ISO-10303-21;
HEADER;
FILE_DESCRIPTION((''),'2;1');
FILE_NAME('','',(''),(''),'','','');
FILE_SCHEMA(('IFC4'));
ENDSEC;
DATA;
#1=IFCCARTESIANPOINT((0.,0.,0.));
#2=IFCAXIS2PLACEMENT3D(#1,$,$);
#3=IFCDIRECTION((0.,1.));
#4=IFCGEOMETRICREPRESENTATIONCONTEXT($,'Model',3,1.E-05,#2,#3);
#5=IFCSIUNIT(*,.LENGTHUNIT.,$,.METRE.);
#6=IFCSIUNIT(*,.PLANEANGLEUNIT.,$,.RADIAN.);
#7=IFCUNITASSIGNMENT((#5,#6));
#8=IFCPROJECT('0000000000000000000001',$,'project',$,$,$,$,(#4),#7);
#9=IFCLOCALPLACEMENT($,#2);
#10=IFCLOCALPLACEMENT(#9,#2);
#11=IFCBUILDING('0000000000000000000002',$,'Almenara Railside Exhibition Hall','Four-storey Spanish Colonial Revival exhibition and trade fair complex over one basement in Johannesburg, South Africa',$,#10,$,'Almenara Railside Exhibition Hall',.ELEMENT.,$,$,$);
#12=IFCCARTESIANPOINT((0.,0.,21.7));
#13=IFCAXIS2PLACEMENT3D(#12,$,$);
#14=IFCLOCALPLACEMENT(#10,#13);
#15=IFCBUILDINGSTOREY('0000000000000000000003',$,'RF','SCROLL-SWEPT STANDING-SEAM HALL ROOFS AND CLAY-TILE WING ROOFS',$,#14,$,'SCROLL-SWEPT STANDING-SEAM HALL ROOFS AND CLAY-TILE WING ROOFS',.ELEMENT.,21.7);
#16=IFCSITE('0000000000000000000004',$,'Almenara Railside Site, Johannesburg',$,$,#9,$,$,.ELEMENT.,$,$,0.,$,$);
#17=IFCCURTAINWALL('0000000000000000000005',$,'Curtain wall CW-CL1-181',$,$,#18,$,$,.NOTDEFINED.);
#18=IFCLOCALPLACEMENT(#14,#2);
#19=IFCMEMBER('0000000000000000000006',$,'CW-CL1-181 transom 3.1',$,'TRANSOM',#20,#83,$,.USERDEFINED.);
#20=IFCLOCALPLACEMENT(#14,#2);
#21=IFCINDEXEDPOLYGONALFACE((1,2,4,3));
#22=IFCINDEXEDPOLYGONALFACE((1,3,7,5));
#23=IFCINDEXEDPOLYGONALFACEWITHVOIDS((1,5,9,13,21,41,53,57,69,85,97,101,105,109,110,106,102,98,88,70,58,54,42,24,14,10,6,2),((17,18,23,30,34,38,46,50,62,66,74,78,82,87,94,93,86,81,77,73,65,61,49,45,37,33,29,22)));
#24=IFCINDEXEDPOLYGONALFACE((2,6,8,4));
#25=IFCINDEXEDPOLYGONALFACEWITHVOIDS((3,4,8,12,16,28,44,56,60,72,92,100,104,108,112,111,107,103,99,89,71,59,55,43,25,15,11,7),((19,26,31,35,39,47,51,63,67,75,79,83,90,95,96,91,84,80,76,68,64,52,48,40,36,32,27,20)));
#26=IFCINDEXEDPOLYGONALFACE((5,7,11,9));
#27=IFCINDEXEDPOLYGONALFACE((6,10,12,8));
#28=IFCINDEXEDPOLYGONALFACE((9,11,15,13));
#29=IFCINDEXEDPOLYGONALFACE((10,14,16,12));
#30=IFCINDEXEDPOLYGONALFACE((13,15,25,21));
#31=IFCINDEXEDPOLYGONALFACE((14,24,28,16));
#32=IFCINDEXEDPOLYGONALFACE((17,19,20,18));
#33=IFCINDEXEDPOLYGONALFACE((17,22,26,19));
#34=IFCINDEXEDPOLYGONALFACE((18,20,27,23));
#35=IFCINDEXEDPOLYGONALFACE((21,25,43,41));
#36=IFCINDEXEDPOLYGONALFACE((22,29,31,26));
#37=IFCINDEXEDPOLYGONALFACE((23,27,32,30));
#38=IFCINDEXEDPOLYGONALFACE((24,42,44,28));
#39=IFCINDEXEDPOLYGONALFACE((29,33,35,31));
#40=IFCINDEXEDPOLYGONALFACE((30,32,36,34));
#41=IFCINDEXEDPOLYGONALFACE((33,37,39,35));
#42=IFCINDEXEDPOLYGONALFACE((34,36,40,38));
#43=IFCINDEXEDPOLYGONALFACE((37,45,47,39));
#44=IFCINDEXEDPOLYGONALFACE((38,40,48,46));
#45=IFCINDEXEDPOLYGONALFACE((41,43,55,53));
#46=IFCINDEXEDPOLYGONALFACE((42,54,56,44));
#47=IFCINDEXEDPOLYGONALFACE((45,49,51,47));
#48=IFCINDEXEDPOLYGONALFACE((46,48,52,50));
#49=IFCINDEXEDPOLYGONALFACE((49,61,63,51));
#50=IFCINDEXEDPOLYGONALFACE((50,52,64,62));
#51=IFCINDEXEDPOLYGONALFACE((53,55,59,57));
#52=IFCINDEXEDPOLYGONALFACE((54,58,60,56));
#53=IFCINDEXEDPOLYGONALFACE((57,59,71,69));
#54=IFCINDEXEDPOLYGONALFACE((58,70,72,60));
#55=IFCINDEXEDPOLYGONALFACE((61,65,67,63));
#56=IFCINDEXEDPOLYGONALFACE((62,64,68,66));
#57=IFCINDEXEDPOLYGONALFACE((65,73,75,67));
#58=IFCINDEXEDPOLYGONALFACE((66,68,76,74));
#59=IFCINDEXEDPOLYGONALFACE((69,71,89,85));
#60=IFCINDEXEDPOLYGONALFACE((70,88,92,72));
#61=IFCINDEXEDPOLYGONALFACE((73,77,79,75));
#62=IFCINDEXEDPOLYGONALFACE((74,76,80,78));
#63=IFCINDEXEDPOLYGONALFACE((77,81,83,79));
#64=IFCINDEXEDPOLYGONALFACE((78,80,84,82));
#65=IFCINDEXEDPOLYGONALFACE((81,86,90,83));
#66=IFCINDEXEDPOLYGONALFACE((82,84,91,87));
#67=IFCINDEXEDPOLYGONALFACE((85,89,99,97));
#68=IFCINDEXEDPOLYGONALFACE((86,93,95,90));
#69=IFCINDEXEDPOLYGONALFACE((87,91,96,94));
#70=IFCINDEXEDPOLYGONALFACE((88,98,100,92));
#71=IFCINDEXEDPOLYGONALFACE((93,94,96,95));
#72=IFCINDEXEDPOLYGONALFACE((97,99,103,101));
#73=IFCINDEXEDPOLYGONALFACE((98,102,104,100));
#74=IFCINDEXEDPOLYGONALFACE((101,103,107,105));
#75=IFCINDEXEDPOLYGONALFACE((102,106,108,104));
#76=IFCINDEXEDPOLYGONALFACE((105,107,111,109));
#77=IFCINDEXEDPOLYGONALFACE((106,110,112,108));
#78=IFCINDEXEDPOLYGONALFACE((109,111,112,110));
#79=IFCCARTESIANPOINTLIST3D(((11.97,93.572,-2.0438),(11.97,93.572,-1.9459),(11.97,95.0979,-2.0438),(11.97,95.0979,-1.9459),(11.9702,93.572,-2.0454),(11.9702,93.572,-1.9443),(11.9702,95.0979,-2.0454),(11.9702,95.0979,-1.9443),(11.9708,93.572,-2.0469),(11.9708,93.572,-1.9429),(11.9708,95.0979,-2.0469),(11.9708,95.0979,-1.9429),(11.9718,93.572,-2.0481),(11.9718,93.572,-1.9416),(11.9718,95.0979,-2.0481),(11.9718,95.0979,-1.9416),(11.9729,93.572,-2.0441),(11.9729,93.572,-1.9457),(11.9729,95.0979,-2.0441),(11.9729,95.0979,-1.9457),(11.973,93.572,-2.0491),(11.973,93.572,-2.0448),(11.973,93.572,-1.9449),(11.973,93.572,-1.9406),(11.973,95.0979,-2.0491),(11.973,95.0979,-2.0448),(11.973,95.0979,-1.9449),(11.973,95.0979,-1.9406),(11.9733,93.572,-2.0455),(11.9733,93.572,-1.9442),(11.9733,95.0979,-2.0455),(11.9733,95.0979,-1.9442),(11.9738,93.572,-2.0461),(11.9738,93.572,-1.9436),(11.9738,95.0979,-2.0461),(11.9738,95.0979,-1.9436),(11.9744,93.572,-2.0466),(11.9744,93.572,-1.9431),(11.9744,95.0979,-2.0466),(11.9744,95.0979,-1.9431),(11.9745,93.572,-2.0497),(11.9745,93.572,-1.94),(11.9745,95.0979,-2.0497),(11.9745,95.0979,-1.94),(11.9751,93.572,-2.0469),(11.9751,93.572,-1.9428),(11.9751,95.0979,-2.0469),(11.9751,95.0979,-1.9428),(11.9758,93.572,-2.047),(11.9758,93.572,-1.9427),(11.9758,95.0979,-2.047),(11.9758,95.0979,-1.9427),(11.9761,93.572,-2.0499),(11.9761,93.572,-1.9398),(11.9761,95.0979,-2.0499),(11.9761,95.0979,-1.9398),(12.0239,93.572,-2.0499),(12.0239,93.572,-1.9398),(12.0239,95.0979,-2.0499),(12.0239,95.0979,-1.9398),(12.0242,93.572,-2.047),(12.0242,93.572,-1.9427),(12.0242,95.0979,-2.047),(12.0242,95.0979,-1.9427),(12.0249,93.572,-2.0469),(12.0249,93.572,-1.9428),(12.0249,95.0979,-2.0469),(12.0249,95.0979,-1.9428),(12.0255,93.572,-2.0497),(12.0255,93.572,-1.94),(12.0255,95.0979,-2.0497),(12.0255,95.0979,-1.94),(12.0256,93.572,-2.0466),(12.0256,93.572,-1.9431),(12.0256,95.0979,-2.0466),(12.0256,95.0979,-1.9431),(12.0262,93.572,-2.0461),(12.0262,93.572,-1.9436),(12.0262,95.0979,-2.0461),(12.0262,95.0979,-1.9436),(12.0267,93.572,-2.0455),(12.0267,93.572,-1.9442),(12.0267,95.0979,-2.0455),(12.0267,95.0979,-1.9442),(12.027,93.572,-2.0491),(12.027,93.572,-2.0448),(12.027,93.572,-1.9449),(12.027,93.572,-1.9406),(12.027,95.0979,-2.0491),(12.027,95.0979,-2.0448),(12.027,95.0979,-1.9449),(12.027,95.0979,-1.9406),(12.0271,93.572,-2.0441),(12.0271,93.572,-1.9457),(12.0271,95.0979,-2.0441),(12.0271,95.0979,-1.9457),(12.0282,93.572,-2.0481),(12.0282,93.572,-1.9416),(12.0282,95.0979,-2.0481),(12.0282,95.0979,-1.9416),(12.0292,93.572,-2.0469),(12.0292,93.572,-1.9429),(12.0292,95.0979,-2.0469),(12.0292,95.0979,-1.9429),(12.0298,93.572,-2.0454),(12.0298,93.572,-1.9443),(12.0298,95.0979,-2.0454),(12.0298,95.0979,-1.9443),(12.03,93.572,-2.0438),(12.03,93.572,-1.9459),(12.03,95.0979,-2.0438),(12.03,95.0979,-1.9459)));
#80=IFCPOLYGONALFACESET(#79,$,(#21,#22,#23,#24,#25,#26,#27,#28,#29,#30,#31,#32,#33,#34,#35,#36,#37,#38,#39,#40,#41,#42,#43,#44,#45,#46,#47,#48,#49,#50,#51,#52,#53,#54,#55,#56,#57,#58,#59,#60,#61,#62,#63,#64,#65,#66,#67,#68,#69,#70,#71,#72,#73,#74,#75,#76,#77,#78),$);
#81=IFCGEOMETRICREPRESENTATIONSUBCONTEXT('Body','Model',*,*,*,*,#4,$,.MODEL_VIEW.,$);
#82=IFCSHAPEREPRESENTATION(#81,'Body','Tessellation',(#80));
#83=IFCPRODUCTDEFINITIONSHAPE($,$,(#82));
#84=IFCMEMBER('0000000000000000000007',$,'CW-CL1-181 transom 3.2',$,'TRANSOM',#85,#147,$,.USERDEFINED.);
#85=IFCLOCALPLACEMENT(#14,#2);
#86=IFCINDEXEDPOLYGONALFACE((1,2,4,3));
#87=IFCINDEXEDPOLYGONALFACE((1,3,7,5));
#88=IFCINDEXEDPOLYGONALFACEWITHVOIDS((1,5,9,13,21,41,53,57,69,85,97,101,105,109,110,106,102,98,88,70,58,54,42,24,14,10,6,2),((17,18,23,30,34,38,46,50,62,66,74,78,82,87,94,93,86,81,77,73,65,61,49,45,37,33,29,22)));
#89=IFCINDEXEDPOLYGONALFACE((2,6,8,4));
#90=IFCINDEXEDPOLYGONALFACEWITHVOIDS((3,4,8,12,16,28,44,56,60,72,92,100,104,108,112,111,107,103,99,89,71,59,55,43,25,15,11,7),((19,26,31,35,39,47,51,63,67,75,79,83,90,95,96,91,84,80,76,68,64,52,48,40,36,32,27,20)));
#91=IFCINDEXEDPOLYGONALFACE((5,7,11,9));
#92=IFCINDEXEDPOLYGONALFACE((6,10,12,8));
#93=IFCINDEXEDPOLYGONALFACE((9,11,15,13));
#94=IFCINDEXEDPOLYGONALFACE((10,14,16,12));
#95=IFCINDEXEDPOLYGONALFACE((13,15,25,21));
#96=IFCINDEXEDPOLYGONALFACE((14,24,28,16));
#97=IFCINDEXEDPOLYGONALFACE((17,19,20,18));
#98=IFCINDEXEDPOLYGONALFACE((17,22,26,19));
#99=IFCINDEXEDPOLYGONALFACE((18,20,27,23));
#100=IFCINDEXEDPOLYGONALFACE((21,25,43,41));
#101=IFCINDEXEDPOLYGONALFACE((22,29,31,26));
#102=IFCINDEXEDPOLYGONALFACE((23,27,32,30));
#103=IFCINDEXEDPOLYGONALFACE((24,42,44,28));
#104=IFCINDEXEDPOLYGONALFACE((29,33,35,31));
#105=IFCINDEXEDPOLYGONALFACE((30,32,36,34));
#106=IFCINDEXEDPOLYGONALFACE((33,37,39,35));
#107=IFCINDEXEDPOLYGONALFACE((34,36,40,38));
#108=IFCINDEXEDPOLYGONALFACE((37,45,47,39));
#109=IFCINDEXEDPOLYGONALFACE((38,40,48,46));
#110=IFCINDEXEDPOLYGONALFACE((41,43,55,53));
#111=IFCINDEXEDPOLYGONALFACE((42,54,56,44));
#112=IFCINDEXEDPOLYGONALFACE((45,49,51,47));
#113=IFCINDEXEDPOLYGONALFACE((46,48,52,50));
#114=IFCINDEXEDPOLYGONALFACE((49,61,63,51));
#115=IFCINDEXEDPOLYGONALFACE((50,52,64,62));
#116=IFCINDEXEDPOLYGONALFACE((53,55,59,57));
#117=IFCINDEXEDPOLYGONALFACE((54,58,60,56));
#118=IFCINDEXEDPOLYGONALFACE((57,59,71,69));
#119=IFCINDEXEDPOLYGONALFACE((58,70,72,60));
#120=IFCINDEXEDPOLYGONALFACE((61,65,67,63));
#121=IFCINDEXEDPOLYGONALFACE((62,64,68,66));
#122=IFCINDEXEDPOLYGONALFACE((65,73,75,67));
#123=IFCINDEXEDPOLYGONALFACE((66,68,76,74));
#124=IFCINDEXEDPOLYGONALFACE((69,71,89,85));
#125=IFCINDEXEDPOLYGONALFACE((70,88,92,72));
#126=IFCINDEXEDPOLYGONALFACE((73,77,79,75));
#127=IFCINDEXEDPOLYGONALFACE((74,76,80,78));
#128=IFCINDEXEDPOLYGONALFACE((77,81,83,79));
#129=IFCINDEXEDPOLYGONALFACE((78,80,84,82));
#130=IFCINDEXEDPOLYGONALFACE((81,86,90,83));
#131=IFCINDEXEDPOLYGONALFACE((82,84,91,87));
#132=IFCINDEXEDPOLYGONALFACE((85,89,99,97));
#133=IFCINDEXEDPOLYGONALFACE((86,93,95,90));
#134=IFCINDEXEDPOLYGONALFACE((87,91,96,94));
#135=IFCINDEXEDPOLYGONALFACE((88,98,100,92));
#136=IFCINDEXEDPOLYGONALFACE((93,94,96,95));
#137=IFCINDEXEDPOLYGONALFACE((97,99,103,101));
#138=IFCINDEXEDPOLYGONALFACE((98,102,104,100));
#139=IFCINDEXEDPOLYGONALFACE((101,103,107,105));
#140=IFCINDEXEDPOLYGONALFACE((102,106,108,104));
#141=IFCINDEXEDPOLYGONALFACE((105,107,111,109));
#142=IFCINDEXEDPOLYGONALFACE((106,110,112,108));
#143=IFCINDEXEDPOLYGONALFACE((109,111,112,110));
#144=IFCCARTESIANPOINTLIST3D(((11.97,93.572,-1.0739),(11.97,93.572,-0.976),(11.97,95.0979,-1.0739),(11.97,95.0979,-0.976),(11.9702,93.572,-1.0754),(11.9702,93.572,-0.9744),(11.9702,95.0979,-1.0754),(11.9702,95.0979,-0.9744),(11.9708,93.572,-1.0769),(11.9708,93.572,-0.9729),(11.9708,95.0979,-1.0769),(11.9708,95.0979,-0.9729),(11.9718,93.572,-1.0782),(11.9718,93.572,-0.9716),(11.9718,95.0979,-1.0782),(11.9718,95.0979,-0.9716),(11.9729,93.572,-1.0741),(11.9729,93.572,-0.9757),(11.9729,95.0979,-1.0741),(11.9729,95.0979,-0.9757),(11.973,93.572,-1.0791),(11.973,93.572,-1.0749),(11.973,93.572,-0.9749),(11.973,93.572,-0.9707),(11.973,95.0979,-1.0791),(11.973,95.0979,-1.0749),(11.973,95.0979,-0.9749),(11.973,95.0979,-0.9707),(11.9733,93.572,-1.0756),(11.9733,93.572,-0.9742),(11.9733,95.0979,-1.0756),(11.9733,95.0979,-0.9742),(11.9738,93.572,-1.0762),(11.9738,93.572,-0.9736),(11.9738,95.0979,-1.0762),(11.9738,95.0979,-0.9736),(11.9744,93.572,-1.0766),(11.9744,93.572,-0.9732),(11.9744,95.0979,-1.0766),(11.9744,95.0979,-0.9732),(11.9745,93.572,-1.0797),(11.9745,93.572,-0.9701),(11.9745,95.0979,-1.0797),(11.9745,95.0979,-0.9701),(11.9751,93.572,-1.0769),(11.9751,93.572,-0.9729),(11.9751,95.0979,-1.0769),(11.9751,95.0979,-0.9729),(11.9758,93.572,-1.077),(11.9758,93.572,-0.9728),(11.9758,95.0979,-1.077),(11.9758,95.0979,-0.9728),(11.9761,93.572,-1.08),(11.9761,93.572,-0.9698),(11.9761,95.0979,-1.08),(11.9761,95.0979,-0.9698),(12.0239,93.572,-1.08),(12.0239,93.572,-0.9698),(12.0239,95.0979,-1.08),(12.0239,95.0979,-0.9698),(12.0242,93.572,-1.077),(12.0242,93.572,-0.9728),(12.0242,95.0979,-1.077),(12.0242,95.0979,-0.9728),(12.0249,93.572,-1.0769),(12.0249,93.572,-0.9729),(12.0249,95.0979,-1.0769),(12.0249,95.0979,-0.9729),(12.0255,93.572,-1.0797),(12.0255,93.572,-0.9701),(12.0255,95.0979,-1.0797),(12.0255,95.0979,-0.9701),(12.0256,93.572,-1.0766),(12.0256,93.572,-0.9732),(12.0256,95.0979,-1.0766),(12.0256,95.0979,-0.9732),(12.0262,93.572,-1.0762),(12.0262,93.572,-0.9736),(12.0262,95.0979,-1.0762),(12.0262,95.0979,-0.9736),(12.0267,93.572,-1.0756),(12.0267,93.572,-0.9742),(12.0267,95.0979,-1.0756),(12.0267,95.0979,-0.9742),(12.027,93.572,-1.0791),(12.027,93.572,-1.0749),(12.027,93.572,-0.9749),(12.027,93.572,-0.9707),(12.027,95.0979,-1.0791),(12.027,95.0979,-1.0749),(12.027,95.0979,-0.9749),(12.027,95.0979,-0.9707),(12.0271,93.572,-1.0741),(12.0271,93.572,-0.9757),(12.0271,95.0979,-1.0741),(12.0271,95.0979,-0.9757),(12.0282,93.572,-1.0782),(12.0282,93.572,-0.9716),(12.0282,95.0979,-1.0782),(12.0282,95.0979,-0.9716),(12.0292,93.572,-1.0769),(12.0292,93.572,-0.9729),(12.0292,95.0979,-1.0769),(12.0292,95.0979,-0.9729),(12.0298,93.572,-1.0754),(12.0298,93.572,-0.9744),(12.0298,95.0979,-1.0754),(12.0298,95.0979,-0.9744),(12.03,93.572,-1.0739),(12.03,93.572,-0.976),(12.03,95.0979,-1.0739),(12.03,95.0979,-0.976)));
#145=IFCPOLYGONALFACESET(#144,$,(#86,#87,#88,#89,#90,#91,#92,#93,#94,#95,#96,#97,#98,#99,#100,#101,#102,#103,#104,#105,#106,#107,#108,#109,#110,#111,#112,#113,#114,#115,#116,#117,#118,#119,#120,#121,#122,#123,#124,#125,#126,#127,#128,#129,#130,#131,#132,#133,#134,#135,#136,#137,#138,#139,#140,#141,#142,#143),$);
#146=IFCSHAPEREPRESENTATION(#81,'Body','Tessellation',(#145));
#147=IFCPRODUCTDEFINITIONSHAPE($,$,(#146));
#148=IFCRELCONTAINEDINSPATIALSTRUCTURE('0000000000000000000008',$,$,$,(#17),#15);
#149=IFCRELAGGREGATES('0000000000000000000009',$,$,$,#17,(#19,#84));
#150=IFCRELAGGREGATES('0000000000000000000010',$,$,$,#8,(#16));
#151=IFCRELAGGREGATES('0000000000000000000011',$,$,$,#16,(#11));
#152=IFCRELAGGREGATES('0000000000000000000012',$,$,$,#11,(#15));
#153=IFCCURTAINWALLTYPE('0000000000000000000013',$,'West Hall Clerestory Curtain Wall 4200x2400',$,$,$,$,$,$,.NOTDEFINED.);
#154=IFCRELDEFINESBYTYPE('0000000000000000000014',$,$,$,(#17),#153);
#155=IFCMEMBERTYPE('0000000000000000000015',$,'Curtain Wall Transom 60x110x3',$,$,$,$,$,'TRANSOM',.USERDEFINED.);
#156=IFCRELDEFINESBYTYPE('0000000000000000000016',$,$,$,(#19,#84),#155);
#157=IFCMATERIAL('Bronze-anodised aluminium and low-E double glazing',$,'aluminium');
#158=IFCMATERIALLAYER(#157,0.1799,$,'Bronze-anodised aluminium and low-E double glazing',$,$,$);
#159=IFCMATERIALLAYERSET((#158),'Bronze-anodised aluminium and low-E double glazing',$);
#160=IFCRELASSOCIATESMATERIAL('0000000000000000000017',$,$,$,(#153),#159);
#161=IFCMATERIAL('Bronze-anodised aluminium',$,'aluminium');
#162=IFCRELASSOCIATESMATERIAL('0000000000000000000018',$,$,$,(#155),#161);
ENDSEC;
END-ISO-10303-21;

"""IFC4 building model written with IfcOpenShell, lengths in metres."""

from ifc_helpers import new_model, si_unit, direction, frame, origin, origin_2d, place, context, subcontext, project, spatial, hollow_rectangle, extrude, material, layer, layer_set, material_profile, profile_set, type_object, element, aggregate, save


model = new_model("IFC4")

# Units and contexts
model_context = context("Model", 3, precision=1e-05, world=origin(), true_north=direction((0.0, 1.0)))
body_context = subcontext(model_context, "Body", "Model", "MODEL_VIEW")
ifc_project = project(units=[si_unit("LENGTHUNIT", "METRE"), si_unit("PLANEANGLEUNIT", "RADIAN")], contexts=[model_context])

# Site, building, storey
site_placement = place(None, origin())
site = spatial("IfcSite", under=ifc_project, at=site_placement, Name="Almenara Railside Site, Johannesburg", CompositionType="ELEMENT", RefElevation=0.0)
building_placement = place(site_placement, origin())
building = spatial("IfcBuilding", under=site, at=building_placement, Name="Almenara Railside Exhibition Hall", Description="Four-storey Spanish Colonial Revival exhibition and trade fair complex over one basement in Johannesburg, South Africa", LongName="Almenara Railside Exhibition Hall", CompositionType="ELEMENT")
storey_placement = place(building_placement, frame((0.0, 0.0, 21.7)))
storey = spatial("IfcBuildingStorey", under=building, at=storey_placement, Name="RF", Description="SCROLL-SWEPT STANDING-SEAM HALL ROOFS AND CLAY-TILE WING ROOFS", LongName="SCROLL-SWEPT STANDING-SEAM HALL ROOFS AND CLAY-TILE WING ROOFS", CompositionType="ELEMENT", Elevation=21.7)

# Curtain wall
ifc_material_1 = material(Name="Bronze-anodised aluminium and low-E double glazing", Category="aluminium")
ifc_layer_1 = layer(ifc_material_1, 0.1799, Name="Bronze-anodised aluminium and low-E double glazing")
ifc_layer_set_1 = layer_set([ifc_layer_1], Name="Bronze-anodised aluminium and low-E double glazing")
curtain_wall_type = type_object("IfcCurtainWallType", Name="West Hall Clerestory Curtain Wall 4200x2400", PredefinedType="NOTDEFINED", material=ifc_layer_set_1)
curtain_wall_1_placement = place(storey_placement, origin())
curtain_wall_1 = element("IfcCurtainWall", 1, at=curtain_wall_1_placement, inside=storey, type_object=curtain_wall_type, Name="Curtain wall CW-CL1-181", PredefinedType="NOTDEFINED")
ifc_material_2 = material(Name="Bronze-anodised aluminium", Category="aluminium")

# Members
ifc_material_profile_1 = material_profile(ifc_material_2, hollow_rectangle(XDim=0.0601, YDim=0.1101, WallThickness=0.0029, InnerFilletRadius=0.0029, OuterFilletRadius=0.0061, at=origin_2d()), Name="ALU-TRN 60x110x3")
ifc_profile_set_1 = profile_set([ifc_material_profile_1], Name="Bronze-anodised aluminium")
member_type_1 = type_object("IfcMemberType", Name="Curtain Wall Transom 60x110x3", ElementType="TRANSOM", PredefinedType="USERDEFINED", material=ifc_profile_set_1)
member_1_placement = place(storey_placement, frame((12.0, 93.572, -1.9949), z_axis=(0.0, 1.0, 0.0), x_axis=(-1.0, 0.0, 0.0)))
member_1 = element("IfcMember", 2, at=member_1_placement, type_object=member_type_1, Name="CW-CL1-181 transom 3.1", ObjectType="TRANSOM", PredefinedType="USERDEFINED", context=body_context, shape_type="SweptSolid", body=[
    extrude(hollow_rectangle(XDim=0.0601, YDim=0.1101, WallThickness=0.0029, InnerFilletRadius=0.0029, OuterFilletRadius=0.0061, at=origin_2d()), origin(), (0.0, 0.0, 1.0), 1.5259),
])
member_2_placement = place(storey_placement, frame((12.0, 93.572, -1.0249), z_axis=(0.0, 1.0, 0.0), x_axis=(-1.0, 0.0, 0.0)))
member_2 = element("IfcMember", 3, at=member_2_placement, type_object=member_type_1, Name="CW-CL1-181 transom 3.2", ObjectType="TRANSOM", PredefinedType="USERDEFINED", context=body_context, shape_type="SweptSolid", body=[
    extrude(hollow_rectangle(XDim=0.0601, YDim=0.1101, WallThickness=0.0029, InnerFilletRadius=0.0029, OuterFilletRadius=0.0061, at=origin_2d()), origin(), (0.0, 0.0, 1.0), 1.5259),
])

aggregate(curtain_wall_1, [member_1, member_2])

save(model, "model.ifc")
